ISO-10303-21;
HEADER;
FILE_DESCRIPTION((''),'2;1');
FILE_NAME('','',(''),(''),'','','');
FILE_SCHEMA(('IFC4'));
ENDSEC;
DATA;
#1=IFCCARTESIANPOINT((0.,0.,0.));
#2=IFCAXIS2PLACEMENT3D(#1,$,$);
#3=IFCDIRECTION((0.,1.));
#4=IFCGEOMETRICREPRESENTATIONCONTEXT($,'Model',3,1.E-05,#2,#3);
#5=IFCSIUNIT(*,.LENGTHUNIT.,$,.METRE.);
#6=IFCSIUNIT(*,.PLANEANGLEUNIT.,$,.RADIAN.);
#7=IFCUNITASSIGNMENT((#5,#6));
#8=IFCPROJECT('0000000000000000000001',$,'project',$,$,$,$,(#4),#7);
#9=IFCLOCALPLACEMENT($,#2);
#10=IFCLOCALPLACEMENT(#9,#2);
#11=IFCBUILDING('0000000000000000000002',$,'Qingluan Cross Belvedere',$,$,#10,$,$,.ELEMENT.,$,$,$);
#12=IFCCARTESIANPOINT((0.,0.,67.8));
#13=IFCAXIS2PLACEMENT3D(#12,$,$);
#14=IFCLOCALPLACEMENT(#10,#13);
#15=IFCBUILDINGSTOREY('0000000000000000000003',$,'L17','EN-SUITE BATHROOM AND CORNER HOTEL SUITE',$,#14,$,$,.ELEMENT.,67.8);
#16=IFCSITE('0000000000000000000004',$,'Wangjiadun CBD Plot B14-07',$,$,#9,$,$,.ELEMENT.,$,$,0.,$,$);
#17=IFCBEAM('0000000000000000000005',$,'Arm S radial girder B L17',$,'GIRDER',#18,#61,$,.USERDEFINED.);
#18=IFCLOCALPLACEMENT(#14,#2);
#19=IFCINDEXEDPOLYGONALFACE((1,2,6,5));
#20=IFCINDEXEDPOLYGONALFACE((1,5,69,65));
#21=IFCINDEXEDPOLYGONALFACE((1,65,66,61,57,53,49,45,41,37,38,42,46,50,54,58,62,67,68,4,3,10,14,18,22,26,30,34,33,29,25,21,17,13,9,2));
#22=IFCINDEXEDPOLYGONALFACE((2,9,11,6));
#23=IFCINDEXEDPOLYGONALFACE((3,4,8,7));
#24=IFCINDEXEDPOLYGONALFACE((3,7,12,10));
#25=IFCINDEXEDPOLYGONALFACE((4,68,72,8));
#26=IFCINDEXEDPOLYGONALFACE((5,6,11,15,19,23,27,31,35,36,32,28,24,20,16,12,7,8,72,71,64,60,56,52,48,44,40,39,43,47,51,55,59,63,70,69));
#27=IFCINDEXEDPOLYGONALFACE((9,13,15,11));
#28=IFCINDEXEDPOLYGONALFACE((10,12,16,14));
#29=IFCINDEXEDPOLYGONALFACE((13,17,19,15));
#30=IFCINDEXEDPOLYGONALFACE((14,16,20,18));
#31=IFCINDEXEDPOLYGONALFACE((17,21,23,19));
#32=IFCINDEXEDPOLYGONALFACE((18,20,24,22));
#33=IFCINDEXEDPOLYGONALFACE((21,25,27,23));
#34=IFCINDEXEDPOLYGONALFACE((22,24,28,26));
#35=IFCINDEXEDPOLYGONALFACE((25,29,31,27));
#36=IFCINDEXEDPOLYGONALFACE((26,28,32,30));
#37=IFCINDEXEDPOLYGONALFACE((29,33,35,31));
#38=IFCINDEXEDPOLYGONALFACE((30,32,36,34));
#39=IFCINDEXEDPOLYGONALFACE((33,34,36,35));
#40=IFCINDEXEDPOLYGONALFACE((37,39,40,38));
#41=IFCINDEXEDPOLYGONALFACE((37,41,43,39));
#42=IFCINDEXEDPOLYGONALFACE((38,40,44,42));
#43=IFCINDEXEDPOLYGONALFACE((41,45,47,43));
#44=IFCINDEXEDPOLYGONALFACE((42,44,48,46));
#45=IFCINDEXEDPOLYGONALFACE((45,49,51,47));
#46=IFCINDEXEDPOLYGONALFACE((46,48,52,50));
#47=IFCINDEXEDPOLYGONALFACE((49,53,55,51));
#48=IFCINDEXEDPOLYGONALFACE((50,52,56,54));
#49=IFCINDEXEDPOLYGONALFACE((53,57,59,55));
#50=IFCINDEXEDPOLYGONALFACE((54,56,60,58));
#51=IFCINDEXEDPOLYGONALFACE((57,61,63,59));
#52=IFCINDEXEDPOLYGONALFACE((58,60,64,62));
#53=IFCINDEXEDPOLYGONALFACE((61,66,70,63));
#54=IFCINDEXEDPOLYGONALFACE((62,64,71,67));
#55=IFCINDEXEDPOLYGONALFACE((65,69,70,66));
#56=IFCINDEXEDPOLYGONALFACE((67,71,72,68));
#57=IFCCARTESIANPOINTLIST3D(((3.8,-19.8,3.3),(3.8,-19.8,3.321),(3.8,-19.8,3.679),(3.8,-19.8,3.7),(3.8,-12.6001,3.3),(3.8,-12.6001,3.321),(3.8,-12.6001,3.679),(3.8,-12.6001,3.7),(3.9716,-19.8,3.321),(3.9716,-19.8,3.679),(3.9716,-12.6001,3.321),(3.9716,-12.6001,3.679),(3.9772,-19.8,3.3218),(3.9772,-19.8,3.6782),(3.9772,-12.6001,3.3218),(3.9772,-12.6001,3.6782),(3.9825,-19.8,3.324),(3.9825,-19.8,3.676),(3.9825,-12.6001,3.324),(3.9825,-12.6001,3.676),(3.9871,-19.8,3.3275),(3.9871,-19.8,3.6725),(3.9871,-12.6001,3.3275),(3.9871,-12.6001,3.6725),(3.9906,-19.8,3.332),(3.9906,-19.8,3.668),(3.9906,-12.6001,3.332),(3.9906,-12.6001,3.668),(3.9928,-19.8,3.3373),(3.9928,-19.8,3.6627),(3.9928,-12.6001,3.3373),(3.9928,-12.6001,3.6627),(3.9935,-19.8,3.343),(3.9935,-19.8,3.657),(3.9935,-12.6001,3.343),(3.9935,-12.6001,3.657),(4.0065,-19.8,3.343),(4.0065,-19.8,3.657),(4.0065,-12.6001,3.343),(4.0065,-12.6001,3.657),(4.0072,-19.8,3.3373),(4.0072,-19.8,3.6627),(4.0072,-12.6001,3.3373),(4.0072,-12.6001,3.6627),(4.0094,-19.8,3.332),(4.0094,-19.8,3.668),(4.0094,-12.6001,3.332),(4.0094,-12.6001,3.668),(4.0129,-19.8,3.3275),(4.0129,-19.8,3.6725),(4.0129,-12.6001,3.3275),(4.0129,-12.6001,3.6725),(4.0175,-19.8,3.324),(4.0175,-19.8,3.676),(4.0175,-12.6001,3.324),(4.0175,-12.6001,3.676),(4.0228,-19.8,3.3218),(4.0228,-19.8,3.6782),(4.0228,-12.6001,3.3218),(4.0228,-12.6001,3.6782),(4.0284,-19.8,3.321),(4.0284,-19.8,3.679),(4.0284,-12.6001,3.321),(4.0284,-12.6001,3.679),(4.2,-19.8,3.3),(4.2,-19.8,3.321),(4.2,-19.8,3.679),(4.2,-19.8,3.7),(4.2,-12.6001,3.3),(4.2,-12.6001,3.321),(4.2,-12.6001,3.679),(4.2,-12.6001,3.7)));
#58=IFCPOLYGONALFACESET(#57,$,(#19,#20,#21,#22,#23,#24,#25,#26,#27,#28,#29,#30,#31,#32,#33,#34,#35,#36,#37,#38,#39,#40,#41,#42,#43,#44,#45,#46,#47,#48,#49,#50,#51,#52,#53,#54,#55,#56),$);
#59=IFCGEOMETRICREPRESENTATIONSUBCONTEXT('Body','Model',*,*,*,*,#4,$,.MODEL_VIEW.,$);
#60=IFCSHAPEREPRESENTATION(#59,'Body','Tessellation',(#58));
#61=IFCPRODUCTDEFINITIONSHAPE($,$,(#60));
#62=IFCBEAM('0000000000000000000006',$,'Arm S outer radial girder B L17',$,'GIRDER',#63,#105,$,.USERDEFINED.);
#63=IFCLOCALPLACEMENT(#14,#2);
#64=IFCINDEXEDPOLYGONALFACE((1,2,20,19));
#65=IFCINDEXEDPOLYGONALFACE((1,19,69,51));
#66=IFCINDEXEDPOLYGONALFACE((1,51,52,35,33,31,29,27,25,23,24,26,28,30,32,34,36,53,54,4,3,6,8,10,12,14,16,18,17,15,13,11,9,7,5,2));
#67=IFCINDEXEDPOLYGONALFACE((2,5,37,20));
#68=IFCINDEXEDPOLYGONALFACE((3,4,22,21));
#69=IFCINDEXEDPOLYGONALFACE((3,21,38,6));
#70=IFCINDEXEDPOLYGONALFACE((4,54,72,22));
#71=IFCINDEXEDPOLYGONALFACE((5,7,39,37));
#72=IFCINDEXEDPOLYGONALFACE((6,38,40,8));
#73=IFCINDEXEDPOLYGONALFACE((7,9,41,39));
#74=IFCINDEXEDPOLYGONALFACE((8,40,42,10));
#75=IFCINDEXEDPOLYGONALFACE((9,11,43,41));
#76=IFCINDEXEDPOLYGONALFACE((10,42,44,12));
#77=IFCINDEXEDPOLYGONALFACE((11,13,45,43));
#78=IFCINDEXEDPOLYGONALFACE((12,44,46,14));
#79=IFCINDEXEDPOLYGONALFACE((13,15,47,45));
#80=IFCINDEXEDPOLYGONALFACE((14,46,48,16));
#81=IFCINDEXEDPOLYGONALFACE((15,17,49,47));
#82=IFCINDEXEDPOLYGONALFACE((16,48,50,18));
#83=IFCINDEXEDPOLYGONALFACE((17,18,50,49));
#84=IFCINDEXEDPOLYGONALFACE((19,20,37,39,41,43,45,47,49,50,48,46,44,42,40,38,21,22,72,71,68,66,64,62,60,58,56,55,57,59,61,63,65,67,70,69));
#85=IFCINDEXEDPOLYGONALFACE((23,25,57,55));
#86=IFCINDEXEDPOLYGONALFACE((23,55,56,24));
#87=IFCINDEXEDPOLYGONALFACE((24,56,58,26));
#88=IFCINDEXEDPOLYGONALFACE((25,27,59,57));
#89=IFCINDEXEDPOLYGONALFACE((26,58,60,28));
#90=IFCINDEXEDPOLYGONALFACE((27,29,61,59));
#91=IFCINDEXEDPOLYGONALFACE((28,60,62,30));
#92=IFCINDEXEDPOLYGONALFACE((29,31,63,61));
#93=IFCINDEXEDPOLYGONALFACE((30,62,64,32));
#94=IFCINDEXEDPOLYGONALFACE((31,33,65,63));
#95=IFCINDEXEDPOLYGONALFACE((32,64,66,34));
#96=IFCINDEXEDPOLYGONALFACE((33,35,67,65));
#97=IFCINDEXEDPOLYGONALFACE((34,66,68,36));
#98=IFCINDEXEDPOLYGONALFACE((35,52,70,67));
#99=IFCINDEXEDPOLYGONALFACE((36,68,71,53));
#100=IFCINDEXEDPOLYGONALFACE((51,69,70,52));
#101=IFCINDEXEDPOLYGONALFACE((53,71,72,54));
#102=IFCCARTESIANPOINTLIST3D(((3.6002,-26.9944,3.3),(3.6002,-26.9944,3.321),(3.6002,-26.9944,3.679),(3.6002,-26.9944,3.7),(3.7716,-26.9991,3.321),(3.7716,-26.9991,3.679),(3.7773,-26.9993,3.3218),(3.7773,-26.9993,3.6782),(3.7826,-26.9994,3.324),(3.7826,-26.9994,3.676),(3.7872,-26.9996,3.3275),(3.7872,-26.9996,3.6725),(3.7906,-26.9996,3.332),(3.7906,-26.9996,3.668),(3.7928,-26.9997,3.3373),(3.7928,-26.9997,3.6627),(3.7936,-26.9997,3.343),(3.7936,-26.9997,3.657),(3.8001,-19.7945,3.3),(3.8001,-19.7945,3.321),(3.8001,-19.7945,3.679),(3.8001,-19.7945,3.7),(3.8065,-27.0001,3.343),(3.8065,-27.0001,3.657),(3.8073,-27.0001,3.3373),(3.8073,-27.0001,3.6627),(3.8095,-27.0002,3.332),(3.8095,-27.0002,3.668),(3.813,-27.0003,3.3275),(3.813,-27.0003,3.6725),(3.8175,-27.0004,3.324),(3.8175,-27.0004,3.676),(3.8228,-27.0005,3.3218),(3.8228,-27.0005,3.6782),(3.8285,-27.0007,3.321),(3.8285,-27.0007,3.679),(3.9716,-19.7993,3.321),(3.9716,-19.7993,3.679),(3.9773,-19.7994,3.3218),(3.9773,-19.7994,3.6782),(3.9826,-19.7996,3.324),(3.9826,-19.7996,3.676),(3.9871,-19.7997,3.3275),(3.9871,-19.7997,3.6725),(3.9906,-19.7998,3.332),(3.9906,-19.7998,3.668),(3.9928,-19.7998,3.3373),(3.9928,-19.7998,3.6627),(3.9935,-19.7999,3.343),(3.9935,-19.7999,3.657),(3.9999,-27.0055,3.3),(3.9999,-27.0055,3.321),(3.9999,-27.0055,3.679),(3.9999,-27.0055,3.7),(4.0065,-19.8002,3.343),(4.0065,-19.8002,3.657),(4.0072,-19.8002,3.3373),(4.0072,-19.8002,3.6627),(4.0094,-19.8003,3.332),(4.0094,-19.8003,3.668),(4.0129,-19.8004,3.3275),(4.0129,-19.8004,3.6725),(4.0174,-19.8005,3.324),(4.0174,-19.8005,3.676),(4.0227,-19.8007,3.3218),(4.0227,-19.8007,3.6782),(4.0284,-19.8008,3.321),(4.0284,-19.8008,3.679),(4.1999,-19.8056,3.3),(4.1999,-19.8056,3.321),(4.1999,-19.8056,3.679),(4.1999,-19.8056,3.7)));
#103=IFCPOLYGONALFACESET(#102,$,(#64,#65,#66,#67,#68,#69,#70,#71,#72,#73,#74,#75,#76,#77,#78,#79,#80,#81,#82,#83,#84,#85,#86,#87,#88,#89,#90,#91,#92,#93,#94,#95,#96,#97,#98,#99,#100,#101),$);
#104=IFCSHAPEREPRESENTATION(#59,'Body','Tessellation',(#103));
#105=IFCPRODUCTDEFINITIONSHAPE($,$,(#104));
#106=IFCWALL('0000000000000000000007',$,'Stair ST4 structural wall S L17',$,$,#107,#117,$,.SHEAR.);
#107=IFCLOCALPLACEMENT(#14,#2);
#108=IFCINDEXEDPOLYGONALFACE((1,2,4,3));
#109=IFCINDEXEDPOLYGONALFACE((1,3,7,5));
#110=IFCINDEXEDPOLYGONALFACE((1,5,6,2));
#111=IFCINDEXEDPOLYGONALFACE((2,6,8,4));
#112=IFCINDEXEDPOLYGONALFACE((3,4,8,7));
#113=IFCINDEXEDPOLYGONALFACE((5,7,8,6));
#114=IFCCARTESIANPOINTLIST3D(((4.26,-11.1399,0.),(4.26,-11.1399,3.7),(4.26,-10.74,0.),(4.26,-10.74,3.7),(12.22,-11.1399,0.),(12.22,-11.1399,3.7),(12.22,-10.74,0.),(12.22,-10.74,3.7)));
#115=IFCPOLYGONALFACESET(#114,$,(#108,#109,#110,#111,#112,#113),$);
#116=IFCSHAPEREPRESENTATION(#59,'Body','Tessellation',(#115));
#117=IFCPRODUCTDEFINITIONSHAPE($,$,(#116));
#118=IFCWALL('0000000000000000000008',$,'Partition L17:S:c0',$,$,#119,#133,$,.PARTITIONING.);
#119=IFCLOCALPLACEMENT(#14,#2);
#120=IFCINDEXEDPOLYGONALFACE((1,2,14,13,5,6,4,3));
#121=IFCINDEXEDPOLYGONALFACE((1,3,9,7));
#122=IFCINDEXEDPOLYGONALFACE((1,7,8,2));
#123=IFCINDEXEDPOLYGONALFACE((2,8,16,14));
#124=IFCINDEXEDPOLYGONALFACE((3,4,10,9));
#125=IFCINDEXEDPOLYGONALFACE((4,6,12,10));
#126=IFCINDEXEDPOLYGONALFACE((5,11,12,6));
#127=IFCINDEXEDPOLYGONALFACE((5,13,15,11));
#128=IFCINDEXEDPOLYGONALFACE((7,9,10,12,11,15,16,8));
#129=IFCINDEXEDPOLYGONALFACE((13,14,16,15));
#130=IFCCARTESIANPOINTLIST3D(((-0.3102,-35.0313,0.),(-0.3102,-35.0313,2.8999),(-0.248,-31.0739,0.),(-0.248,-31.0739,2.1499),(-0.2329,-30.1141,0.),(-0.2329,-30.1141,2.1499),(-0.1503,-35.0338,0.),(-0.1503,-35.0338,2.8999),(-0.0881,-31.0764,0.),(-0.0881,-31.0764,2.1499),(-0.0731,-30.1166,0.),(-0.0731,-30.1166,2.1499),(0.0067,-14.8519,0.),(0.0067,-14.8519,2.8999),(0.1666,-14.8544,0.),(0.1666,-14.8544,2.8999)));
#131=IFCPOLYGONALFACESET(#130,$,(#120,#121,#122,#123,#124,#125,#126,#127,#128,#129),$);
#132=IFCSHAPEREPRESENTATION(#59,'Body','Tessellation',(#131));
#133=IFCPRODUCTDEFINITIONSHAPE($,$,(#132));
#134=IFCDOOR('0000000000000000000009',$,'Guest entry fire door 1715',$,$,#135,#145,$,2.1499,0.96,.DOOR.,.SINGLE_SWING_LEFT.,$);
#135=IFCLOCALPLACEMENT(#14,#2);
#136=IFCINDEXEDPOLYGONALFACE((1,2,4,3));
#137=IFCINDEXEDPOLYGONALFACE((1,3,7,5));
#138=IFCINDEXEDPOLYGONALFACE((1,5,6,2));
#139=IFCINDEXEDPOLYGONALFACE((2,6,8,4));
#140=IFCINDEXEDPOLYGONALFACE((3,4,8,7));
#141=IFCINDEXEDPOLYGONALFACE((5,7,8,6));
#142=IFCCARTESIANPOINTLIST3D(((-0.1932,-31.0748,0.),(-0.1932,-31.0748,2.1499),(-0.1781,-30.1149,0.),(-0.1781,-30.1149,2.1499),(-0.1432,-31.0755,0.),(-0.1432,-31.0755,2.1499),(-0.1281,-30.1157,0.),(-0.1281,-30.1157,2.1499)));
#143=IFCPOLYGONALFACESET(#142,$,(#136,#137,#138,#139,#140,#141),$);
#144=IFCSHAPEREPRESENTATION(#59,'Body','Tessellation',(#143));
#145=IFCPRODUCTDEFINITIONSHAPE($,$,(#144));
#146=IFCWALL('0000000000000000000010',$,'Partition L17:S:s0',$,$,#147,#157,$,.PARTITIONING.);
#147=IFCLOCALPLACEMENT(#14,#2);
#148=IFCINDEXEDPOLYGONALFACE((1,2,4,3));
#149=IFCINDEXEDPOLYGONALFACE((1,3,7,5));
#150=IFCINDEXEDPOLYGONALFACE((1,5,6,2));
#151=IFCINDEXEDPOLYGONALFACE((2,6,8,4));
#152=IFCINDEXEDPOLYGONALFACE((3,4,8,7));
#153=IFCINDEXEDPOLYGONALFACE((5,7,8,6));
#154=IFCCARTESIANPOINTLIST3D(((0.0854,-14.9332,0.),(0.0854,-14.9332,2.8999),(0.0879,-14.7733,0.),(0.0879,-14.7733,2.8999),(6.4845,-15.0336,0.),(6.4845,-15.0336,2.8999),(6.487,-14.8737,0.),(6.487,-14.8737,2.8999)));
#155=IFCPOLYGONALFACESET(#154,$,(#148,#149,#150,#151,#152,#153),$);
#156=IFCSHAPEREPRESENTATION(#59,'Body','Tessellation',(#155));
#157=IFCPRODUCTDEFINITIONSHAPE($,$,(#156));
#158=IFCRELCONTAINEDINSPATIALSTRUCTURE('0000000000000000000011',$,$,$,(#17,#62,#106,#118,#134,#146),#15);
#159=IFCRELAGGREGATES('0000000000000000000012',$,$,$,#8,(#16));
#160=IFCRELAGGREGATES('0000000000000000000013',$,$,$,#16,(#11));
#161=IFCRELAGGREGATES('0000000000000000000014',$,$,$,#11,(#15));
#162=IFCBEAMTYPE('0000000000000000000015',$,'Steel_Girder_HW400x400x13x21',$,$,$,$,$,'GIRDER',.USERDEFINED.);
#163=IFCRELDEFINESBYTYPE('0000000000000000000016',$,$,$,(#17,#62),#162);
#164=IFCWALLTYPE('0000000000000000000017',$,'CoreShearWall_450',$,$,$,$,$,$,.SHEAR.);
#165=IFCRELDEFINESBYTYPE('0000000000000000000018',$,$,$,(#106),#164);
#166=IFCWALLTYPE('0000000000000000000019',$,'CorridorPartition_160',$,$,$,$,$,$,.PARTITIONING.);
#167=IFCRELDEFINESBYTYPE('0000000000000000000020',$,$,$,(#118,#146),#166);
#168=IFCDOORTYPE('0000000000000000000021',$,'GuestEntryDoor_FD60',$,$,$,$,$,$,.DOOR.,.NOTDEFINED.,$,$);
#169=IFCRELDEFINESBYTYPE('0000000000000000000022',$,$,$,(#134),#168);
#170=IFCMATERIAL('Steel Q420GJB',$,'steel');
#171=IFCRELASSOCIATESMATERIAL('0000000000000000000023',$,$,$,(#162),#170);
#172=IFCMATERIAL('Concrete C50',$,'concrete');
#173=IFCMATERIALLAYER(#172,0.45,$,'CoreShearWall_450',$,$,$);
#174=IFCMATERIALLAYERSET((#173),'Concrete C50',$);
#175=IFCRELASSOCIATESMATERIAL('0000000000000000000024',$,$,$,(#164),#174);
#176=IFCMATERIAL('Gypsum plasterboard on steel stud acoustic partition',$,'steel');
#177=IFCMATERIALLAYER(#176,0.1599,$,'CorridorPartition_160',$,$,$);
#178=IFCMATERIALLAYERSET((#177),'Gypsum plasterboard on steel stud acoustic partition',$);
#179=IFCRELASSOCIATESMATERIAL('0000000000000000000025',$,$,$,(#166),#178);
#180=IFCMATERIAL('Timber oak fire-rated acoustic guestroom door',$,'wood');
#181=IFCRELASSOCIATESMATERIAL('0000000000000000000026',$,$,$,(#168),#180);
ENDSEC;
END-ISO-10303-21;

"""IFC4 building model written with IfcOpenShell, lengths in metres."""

from ifc_helpers import new_model, si_unit, direction, frame, frame_2d, origin, origin_2d, place, context, subcontext, project, spatial, rectangle, i_section, extrude, material, layer, layer_set, material_profile, profile_set, type_object, element, fill, save


model = new_model("IFC4")

# Units and contexts
model_context = context("Model", 3, precision=1e-05, world=origin(), true_north=direction((0.0, 1.0)))
body_context = subcontext(model_context, "Body", "Model", "MODEL_VIEW")
ifc_project = project(units=[si_unit("LENGTHUNIT", "METRE"), si_unit("PLANEANGLEUNIT", "RADIAN")], contexts=[model_context])

# Site, building, storey
site_placement = place(None, origin())
site = spatial("IfcSite", under=ifc_project, at=site_placement, Name="Wangjiadun CBD Plot B14-07", CompositionType="ELEMENT", RefElevation=0.0)
building_placement = place(site_placement, origin())
building = spatial("IfcBuilding", under=site, at=building_placement, Name="Qingluan Cross Belvedere", CompositionType="ELEMENT")
storey_placement = place(building_placement, frame((0.0, 0.0, 67.8)))
storey = spatial("IfcBuildingStorey", under=building, at=storey_placement, Name="L17", Description="EN-SUITE BATHROOM AND CORNER HOTEL SUITE", CompositionType="ELEMENT", Elevation=67.8)

# Beams
ifc_material_1 = material(Name="Steel Q420GJB", Category="steel")
ifc_material_profile_1 = material_profile(ifc_material_1, i_section(OverallWidth=0.3999, OverallDepth=0.3999, WebThickness=0.0129, FlangeThickness=0.021, FilletRadius=0.022, at=origin_2d()), Name="HW400x400x13x21")
ifc_profile_set_1 = profile_set([ifc_material_profile_1], Name="Steel Q420GJB")
beam_type_1 = type_object("IfcBeamType", Name="Steel_Girder_HW400x400x13x21", ElementType="GIRDER", PredefinedType="USERDEFINED", material=ifc_profile_set_1)
beam_1_placement = place(storey_placement, frame((4.0, -12.6001, 3.5), z_axis=(0.0, -1.0, 0.0), x_axis=(1.0, 0.0, 0.0)))
element("IfcBeam", 1, at=beam_1_placement, inside=storey, type_object=beam_type_1, Name="Arm S radial girder B L17", ObjectType="GIRDER", PredefinedType="USERDEFINED", context=body_context, shape_type="SweptSolid", body=[
    extrude(i_section(OverallWidth=0.3999, OverallDepth=0.3999, WebThickness=0.0129, FlangeThickness=0.021, FilletRadius=0.022, at=origin_2d()), origin(), (0.0, 0.0, 1.0), 7.2),
])
beam_2_placement = place(storey_placement, frame((4.0, -19.8, 3.5), z_axis=(-0.02776, -0.999615, 0.0), x_axis=(0.999615, -0.02776, 0.0)))
element("IfcBeam", 2, at=beam_2_placement, inside=storey, type_object=beam_type_1, Name="Arm S outer radial girder B L17", ObjectType="GIRDER", PredefinedType="USERDEFINED", context=body_context, shape_type="SweptSolid", body=[
    extrude(i_section(OverallWidth=0.3999, OverallDepth=0.3999, WebThickness=0.0129, FlangeThickness=0.021, FilletRadius=0.022, at=origin_2d()), origin(), (0.0, 0.0, 1.0), 7.2026),
])

# Wall
ifc_material_2 = material(Name="Concrete C50", Category="concrete")
ifc_layer_1 = layer(ifc_material_2, 0.45, Name="CoreShearWall_450")
ifc_layer_set_1 = layer_set([ifc_layer_1], Name="Concrete C50")
wall_type_1 = type_object("IfcWallType", Name="CoreShearWall_450", PredefinedType="SHEAR", material=ifc_layer_set_1)
wall_1_placement = place(storey_placement, frame((4.26, -10.9399, 0.0), z_axis=(0.0, 0.0, 1.0), x_axis=(1.0, 0.0, 0.0)))
element("IfcWall", 3, at=wall_1_placement, inside=storey, type_object=wall_type_1, Name="Stair ST4 structural wall S L17", PredefinedType="SHEAR", context=body_context, shape_type="SweptSolid", body=[
    extrude(rectangle(XDim=7.96, YDim=0.3999, at=frame_2d((3.98, 0.0))), origin(), (0.0, 0.0, 1.0), 3.7),
])

# Wall, opening, door
ifc_material_3 = material(Name="Gypsum plasterboard on steel stud acoustic partition", Category="steel")
ifc_layer_2 = layer(ifc_material_3, 0.1599, Name="CorridorPartition_160")
ifc_layer_set_2 = layer_set([ifc_layer_2], Name="Gypsum plasterboard on steel stud acoustic partition")
wall_type_2 = type_object("IfcWallType", Name="CorridorPartition_160", PredefinedType="PARTITIONING", material=ifc_layer_set_2)
wall_2_placement = place(storey_placement, frame((0.0867, -14.8533, 0.0), z_axis=(0.0, 0.0, 1.0), x_axis=(-0.015702, -0.999877, 0.0)))
wall_2 = element("IfcWall", 4, at=wall_2_placement, inside=storey, type_object=wall_type_2, Name="Partition L17:S:c0", PredefinedType="PARTITIONING", context=body_context, shape_type="SweptSolid", body=[
    extrude(rectangle(XDim=20.1819, YDim=0.1599, at=frame_2d((10.0908, 0.0))), origin(), (0.0, 0.0, 1.0), 2.8999),
])
opening_1_placement = place(wall_2_placement, frame((15.2639, 0.0, 0.0)))
opening_1 = element("IfcOpeningElement", 5, at=opening_1_placement, cuts=wall_2, PredefinedType="OPENING", context=body_context, shape_type="SweptSolid", body=[
    extrude(rectangle(XDim=0.96, YDim=2.1499, at=frame_2d((0.48, 1.075))), frame((0.0, 0.0898, 0.0), z_axis=(0.0, -1.0, 0.0), x_axis=(1.0, 0.0, 0.0)), (0.0, 0.0, 1.0), 0.1799),
])
ifc_material_4 = material(Name="Timber oak fire-rated acoustic guestroom door", Category="wood")
door_type_1 = type_object("IfcDoorType", Name="GuestEntryDoor_FD60", OperationType="NOTDEFINED", PredefinedType="DOOR", material=ifc_material_4)
door_1_placement = place(opening_1_placement, origin())
door_1 = element("IfcDoor", 6, at=door_1_placement, inside=storey, type_object=door_type_1, Name="Guest entry fire door 1715", OperationType="SINGLE_SWING_LEFT", OverallHeight=2.1499, OverallWidth=0.96, PredefinedType="DOOR", context=body_context, shape_type="SweptSolid", body=[
    extrude(rectangle(XDim=0.96, YDim=2.1499, at=frame_2d((0.48, 1.075))), frame((0.0, 0.0249, 0.0), z_axis=(0.0, -1.0, 0.0), x_axis=(1.0, 0.0, 0.0)), (0.0, 0.0, 1.0), 0.05),
])
fill(opening_1, door_1)

# Wall
wall_3_placement = place(storey_placement, frame((0.0867, -14.8533, 0.0), z_axis=(0.0, 0.0, 1.0), x_axis=(0.999877, -0.015679, 0.0)))
element("IfcWall", 7, at=wall_3_placement, inside=storey, type_object=wall_type_2, Name="Partition L17:S:s0", PredefinedType="PARTITIONING", context=body_context, shape_type="SweptSolid", body=[
    extrude(rectangle(XDim=6.3999, YDim=0.1599, at=frame_2d((3.2, 0.0))), origin(), (0.0, 0.0, 1.0), 2.8999),
])

save(model, "model.ifc")
